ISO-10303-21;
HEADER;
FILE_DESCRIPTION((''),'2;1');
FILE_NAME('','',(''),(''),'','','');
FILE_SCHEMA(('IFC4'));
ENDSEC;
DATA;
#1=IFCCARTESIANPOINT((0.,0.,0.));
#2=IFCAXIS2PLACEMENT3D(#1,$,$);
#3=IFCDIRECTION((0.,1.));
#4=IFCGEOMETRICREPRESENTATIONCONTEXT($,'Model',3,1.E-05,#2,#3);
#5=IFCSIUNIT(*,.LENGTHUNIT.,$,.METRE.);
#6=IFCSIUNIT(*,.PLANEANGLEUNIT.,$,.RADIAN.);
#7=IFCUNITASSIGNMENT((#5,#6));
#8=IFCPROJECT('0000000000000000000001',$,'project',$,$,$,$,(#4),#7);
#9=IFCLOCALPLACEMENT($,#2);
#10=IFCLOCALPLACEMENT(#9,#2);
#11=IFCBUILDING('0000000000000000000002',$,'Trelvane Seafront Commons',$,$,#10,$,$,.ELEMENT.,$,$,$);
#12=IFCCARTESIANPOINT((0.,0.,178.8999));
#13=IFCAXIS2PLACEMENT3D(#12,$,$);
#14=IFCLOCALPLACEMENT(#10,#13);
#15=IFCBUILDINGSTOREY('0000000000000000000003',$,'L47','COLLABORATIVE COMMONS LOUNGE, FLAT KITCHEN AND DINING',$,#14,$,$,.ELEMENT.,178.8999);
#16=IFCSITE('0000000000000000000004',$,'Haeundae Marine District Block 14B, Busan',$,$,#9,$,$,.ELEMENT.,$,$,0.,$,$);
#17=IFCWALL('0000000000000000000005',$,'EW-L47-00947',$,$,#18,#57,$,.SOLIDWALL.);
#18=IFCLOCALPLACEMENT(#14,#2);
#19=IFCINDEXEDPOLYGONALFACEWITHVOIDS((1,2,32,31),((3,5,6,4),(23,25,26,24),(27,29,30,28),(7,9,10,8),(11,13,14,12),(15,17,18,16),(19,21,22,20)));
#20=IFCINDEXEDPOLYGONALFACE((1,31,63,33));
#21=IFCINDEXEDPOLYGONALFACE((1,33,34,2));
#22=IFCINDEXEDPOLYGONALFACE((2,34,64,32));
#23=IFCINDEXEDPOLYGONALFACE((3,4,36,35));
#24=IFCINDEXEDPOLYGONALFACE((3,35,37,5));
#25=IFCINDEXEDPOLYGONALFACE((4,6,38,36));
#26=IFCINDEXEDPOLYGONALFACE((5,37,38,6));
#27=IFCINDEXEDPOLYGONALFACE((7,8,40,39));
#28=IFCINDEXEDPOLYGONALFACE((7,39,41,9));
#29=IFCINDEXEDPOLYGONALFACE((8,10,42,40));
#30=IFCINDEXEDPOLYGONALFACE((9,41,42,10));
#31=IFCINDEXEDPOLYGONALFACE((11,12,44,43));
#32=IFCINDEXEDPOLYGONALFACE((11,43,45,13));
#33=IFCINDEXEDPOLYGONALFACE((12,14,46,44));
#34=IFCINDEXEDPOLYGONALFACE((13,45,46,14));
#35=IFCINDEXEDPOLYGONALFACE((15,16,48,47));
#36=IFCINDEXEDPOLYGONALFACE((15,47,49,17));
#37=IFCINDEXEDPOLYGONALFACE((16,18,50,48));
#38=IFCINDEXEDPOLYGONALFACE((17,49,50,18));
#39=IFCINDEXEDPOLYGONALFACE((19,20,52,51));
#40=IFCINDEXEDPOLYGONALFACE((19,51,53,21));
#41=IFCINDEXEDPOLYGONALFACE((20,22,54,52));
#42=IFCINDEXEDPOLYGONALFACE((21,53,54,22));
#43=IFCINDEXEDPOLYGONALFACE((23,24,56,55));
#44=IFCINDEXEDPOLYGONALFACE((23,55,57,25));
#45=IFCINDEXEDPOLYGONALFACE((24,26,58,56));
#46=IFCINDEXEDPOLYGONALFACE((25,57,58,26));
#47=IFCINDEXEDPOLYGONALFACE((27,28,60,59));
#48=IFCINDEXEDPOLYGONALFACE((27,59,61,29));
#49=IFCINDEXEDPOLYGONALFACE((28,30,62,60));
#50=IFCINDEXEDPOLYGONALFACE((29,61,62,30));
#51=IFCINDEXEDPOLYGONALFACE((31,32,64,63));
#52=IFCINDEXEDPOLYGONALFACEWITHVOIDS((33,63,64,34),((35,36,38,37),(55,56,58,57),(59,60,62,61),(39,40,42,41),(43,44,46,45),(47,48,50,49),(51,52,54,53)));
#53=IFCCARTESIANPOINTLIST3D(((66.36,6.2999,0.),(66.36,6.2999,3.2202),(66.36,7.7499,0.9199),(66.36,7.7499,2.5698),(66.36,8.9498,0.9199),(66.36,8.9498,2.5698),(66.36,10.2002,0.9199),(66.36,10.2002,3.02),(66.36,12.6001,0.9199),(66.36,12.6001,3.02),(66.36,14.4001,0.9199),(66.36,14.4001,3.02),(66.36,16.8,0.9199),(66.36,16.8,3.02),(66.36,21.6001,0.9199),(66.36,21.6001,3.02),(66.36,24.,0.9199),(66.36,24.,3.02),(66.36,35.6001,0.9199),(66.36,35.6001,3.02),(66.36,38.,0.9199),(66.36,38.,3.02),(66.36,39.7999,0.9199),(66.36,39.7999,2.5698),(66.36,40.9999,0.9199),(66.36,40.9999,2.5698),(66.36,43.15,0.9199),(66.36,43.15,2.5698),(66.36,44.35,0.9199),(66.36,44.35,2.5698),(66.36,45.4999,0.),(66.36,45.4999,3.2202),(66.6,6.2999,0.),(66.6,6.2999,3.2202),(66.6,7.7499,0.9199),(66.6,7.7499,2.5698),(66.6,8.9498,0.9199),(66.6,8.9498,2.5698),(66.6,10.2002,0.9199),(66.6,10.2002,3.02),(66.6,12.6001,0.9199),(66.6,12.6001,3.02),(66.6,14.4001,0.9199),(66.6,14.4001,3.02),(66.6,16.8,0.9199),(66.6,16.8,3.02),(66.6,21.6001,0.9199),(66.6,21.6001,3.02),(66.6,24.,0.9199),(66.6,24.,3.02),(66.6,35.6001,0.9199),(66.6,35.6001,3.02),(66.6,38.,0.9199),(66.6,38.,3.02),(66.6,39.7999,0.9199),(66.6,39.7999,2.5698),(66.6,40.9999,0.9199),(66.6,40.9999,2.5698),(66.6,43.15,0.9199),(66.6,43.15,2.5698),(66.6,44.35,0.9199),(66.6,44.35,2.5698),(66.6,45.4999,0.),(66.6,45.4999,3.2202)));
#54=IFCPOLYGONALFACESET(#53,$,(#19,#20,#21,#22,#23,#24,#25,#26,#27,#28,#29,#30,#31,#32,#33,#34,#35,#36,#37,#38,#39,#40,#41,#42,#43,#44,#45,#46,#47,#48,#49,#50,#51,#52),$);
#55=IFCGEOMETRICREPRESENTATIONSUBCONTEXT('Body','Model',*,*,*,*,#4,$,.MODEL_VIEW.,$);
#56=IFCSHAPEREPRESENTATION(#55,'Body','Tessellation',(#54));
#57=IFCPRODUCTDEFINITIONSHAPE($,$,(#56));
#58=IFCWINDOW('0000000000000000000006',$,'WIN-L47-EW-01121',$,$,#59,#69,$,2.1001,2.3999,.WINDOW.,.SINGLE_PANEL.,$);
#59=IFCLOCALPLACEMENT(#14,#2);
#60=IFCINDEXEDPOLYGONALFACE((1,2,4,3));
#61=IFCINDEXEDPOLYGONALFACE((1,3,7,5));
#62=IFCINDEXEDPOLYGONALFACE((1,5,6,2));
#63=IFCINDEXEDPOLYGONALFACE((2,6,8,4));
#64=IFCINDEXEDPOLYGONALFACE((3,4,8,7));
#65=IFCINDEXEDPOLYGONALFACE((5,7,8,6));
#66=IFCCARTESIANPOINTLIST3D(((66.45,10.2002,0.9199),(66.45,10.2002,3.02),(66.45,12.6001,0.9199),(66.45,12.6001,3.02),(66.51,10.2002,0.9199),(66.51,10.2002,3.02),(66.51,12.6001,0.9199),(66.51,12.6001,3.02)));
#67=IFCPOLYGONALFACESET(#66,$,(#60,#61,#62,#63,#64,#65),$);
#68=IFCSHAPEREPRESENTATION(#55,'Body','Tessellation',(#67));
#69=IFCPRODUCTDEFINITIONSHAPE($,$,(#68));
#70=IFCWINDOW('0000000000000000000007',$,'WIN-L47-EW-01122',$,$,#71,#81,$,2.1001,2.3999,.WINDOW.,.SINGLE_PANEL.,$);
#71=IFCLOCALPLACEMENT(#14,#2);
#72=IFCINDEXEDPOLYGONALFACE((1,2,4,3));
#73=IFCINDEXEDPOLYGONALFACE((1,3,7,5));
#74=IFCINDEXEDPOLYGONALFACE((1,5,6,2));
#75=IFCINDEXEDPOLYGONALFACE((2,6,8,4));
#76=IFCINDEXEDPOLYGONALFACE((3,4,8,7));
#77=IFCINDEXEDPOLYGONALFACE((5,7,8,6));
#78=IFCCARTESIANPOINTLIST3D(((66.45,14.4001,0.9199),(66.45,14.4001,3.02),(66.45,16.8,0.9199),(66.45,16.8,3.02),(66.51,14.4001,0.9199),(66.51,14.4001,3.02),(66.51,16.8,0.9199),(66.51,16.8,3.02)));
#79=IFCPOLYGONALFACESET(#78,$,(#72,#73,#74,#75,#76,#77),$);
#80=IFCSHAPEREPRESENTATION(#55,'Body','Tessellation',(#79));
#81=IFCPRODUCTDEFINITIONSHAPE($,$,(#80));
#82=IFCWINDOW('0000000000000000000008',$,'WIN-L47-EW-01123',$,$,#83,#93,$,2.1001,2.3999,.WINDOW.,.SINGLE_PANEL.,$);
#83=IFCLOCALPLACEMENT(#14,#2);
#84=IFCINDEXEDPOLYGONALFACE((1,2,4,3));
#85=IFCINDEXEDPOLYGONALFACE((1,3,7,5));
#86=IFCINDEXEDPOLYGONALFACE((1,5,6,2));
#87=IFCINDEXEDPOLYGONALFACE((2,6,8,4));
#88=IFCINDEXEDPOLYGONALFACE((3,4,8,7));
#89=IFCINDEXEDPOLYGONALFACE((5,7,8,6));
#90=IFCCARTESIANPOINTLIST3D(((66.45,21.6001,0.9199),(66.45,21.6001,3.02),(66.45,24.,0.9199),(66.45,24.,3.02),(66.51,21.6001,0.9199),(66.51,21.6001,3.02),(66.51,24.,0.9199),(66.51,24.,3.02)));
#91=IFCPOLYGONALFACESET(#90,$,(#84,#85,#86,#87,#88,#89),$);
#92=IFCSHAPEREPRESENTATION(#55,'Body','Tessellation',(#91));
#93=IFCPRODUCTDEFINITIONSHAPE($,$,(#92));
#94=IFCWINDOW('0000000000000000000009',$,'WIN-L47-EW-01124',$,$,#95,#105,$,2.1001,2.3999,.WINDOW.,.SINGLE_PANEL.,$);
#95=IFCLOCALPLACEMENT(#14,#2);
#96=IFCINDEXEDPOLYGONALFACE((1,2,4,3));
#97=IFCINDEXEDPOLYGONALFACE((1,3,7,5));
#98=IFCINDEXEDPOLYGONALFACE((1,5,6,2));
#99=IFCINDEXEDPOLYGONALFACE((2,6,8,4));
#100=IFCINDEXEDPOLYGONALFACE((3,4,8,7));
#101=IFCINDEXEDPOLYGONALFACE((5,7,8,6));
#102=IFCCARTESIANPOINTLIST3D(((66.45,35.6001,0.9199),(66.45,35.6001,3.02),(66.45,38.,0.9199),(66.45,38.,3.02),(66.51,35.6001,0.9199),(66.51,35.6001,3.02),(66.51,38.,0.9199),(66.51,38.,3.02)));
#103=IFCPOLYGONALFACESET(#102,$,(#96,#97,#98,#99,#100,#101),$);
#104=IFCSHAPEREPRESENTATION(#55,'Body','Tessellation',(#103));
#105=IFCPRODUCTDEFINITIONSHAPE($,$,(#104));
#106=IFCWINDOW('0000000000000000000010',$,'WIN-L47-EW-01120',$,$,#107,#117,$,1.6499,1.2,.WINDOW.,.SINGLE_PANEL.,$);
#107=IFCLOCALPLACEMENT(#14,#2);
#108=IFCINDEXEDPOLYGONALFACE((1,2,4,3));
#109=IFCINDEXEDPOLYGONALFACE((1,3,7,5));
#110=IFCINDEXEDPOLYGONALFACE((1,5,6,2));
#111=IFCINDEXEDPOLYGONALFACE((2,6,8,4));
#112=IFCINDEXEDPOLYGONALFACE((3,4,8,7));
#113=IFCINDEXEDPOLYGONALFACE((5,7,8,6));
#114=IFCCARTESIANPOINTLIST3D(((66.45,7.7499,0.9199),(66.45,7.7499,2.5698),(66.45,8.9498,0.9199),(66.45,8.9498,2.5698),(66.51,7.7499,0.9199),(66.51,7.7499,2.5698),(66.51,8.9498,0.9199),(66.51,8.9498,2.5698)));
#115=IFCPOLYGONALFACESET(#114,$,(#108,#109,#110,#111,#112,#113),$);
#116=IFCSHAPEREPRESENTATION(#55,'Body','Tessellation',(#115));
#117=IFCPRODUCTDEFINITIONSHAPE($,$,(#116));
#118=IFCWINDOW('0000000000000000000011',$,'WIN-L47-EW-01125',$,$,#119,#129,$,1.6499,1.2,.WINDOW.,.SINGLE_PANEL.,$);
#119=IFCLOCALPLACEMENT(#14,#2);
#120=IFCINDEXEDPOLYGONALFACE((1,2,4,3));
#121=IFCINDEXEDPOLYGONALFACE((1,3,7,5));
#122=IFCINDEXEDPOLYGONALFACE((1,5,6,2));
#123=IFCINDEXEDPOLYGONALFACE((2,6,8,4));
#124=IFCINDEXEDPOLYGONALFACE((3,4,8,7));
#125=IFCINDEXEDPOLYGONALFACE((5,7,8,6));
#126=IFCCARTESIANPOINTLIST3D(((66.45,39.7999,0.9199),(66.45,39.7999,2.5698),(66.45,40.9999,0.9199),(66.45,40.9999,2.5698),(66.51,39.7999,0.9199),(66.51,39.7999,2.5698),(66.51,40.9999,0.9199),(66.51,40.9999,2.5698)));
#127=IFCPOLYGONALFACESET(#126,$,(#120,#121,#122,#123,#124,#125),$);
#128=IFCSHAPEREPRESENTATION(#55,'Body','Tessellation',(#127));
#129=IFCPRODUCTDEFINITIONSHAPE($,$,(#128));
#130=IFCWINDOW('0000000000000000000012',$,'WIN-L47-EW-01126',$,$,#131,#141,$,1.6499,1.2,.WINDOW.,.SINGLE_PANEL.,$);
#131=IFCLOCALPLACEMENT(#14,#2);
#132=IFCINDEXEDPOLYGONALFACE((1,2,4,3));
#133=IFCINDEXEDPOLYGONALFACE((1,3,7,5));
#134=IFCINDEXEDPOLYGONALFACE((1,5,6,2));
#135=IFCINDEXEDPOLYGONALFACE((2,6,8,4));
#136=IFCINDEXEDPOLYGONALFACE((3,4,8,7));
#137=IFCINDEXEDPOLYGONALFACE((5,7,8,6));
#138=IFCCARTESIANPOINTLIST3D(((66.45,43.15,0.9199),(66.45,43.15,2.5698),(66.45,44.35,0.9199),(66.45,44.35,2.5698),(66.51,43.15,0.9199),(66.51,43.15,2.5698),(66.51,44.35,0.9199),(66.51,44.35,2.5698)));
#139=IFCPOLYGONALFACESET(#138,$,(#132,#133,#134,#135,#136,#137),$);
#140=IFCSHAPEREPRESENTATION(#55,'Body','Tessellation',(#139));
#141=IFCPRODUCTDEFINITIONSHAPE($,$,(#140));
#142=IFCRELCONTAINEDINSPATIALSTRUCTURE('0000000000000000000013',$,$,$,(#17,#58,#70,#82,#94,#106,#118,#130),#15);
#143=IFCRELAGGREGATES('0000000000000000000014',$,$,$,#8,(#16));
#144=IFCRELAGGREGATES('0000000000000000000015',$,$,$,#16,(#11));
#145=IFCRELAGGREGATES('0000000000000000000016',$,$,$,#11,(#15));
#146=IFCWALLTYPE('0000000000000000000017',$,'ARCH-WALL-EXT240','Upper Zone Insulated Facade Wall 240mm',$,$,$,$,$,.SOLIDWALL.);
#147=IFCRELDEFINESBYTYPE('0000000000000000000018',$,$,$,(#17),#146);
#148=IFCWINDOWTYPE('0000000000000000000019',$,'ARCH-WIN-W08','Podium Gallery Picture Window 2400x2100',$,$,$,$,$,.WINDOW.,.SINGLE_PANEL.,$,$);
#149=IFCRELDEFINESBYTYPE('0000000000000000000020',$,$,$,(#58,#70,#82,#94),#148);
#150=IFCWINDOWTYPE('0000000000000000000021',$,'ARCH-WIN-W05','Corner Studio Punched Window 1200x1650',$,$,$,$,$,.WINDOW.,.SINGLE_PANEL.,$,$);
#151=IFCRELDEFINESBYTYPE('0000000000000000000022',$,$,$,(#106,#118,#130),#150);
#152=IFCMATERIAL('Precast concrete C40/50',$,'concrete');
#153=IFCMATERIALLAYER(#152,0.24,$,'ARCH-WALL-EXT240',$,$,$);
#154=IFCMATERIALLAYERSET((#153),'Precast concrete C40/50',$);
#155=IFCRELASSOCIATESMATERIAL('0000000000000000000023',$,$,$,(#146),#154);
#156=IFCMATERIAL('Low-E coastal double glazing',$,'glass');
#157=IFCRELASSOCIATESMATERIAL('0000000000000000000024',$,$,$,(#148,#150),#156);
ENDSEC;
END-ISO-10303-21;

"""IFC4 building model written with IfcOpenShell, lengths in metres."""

from ifc_helpers import new_model, si_unit, direction, frame, frame_2d, origin, place, context, subcontext, project, spatial, rectangle, extrude, source, transform, mapped, material, layer, layer_set, type_object, element, fill, save


model = new_model("IFC4")

# Units and contexts
model_context = context("Model", 3, precision=1e-05, world=origin(), true_north=direction((0.0, 1.0)))
body_context = subcontext(model_context, "Body", "Model", "MODEL_VIEW")
ifc_project = project(units=[si_unit("LENGTHUNIT", "METRE"), si_unit("PLANEANGLEUNIT", "RADIAN")], contexts=[model_context])

# Site, building, storey
site_placement = place(None, origin())
site = spatial("IfcSite", under=ifc_project, at=site_placement, Name="Haeundae Marine District Block 14B, Busan", CompositionType="ELEMENT", RefElevation=0.0)
building_placement = place(site_placement, origin())
building = spatial("IfcBuilding", under=site, at=building_placement, Name="Trelvane Seafront Commons", CompositionType="ELEMENT")
storey_placement = place(building_placement, frame((0.0, 0.0, 178.8999)))
storey = spatial("IfcBuildingStorey", under=building, at=storey_placement, Name="L47", Description="COLLABORATIVE COMMONS LOUNGE, FLAT KITCHEN AND DINING", CompositionType="ELEMENT", Elevation=178.8999)

# Shared definitions
ifc_material_1 = material(Name="Low-E coastal double glazing", Category="glass")

# Shared definitions
ifc_material_2 = material(Name="Precast concrete C40/50", Category="concrete")
ifc_layer_1 = layer(ifc_material_2, 0.24, Name="ARCH-WALL-EXT240")
ifc_layer_set_1 = layer_set([ifc_layer_1], Name="Precast concrete C40/50")
wall_type_1 = type_object("IfcWallType", Name="ARCH-WALL-EXT240", Description="Upper Zone Insulated Facade Wall 240mm", PredefinedType="SOLIDWALL", material=ifc_layer_set_1)

# Wall, openings, windows
wall_1_placement = place(storey_placement, frame((66.48, 45.5, 0.0), z_axis=(0.0, 0.0, 1.0), x_axis=(0.0, -1.0, 0.0)))
wall_1 = element("IfcWall", 1, at=wall_1_placement, inside=storey, type_object=wall_type_1, Name="EW-L47-00947", PredefinedType="SOLIDWALL", context=body_context, shape_type="SweptSolid", body=[
    extrude(rectangle(XDim=39.2, YDim=0.24, at=frame_2d((19.6001, 0.0))), origin(), (0.0, 0.0, 1.0), 3.2202),
])
opening_1_placement = place(wall_1_placement, frame((36.55, 0.0, 0.9199)))
opening_1 = element("IfcOpeningElement", 2, at=opening_1_placement, cuts=wall_1, PredefinedType="OPENING", context=body_context, shape_type="SweptSolid", body=[
    extrude(rectangle(XDim=1.2, YDim=1.6499, at=frame_2d((0.6001, 0.825))), frame((0.0, 0.1299, 0.0), z_axis=(0.0, -1.0, 0.0), x_axis=(1.0, 0.0, 0.0)), (0.0, 0.0, 1.0), 0.26),
])
opening_2_placement = place(wall_1_placement, frame((32.8999, 0.0, 0.9199)))
opening_2 = element("IfcOpeningElement", 3, at=opening_2_placement, cuts=wall_1, PredefinedType="OPENING", context=body_context, shape_type="SweptSolid", body=[
    extrude(rectangle(XDim=2.3999, YDim=2.1001, at=frame_2d((1.2, 1.05))), frame((0.0, 0.1299, 0.0), z_axis=(0.0, -1.0, 0.0), x_axis=(1.0, 0.0, 0.0)), (0.0, 0.0, 1.0), 0.26),
])
opening_3_placement = place(wall_1_placement, frame((28.7, 0.0, 0.9199)))
opening_3 = element("IfcOpeningElement", 4, at=opening_3_placement, cuts=wall_1, PredefinedType="OPENING", context=body_context, shape_type="SweptSolid", body=[
    extrude(rectangle(XDim=2.3999, YDim=2.1001, at=frame_2d((1.2, 1.05))), frame((0.0, 0.1299, 0.0), z_axis=(0.0, -1.0, 0.0), x_axis=(1.0, 0.0, 0.0)), (0.0, 0.0, 1.0), 0.26),
])
opening_4_placement = place(wall_1_placement, frame((21.5, 0.0, 0.9199)))
opening_4 = element("IfcOpeningElement", 5, at=opening_4_placement, cuts=wall_1, PredefinedType="OPENING", context=body_context, shape_type="SweptSolid", body=[
    extrude(rectangle(XDim=2.3999, YDim=2.1001, at=frame_2d((1.2, 1.05))), frame((0.0, 0.1299, 0.0), z_axis=(0.0, -1.0, 0.0), x_axis=(1.0, 0.0, 0.0)), (0.0, 0.0, 1.0), 0.26),
])
opening_5_placement = place(wall_1_placement, frame((7.5, 0.0, 0.9199)))
opening_5 = element("IfcOpeningElement", 6, at=opening_5_placement, cuts=wall_1, PredefinedType="OPENING", context=body_context, shape_type="SweptSolid", body=[
    extrude(rectangle(XDim=2.3999, YDim=2.1001, at=frame_2d((1.2, 1.05))), frame((0.0, 0.1299, 0.0), z_axis=(0.0, -1.0, 0.0), x_axis=(1.0, 0.0, 0.0)), (0.0, 0.0, 1.0), 0.26),
])
opening_6_placement = place(wall_1_placement, frame((4.5, 0.0, 0.9199)))
opening_6 = element("IfcOpeningElement", 7, at=opening_6_placement, cuts=wall_1, PredefinedType="OPENING", context=body_context, shape_type="SweptSolid", body=[
    extrude(rectangle(XDim=1.2, YDim=1.6499, at=frame_2d((0.6001, 0.825))), frame((0.0, 0.1299, 0.0), z_axis=(0.0, -1.0, 0.0), x_axis=(1.0, 0.0, 0.0)), (0.0, 0.0, 1.0), 0.26),
])
opening_7_placement = place(wall_1_placement, frame((1.1499, 0.0, 0.9199)))
opening_7 = element("IfcOpeningElement", 8, at=opening_7_placement, cuts=wall_1, PredefinedType="OPENING", context=body_context, shape_type="SweptSolid", body=[
    extrude(rectangle(XDim=1.2, YDim=1.6499, at=frame_2d((0.6001, 0.825))), frame((0.0, 0.1299, 0.0), z_axis=(0.0, -1.0, 0.0), x_axis=(1.0, 0.0, 0.0)), (0.0, 0.0, 1.0), 0.26),
])
window_type_1 = type_object("IfcWindowType", Name="ARCH-WIN-W08", Description="Podium Gallery Picture Window 2400x2100", PartitioningType="SINGLE_PANEL", PredefinedType="WINDOW", material=ifc_material_1)
shared_shape_1 = source(origin(), body_context, "Body", "SweptSolid", [
    extrude(rectangle(XDim=2.3999, YDim=2.1001, at=frame_2d((1.2, 1.05))), frame((0.0, 0.03, 0.0), z_axis=(0.0, -1.0, 0.0), x_axis=(1.0, 0.0, 0.0)), (0.0, 0.0, 1.0), 0.0601),
])
window_1_placement = place(opening_2_placement, origin())
window_1 = element("IfcWindow", 9, at=window_1_placement, inside=storey, type_object=window_type_1, Name="WIN-L47-EW-01121", OverallHeight=2.1001, OverallWidth=2.3999, PartitioningType="SINGLE_PANEL", PredefinedType="WINDOW", context=body_context, shape_type="MappedRepresentation", body=[
    mapped(shared_shape_1, transform((0.0, 0.0, 0.0), x_axis=(1.0, 0.0, 0.0), y_axis=(0.0, 1.0, 0.0), z_axis=(0.0, 0.0, 1.0), scale=1.0)),
])
fill(opening_2, window_1)
window_2_placement = place(opening_3_placement, origin())
window_2 = element("IfcWindow", 10, at=window_2_placement, inside=storey, type_object=window_type_1, Name="WIN-L47-EW-01122", OverallHeight=2.1001, OverallWidth=2.3999, PartitioningType="SINGLE_PANEL", PredefinedType="WINDOW", context=body_context, shape_type="MappedRepresentation", body=[
    mapped(shared_shape_1, transform((0.0, 0.0, 0.0), x_axis=(1.0, 0.0, 0.0), y_axis=(0.0, 1.0, 0.0), z_axis=(0.0, 0.0, 1.0), scale=1.0)),
])
fill(opening_3, window_2)
window_3_placement = place(opening_4_placement, origin())
window_3 = element("IfcWindow", 11, at=window_3_placement, inside=storey, type_object=window_type_1, Name="WIN-L47-EW-01123", OverallHeight=2.1001, OverallWidth=2.3999, PartitioningType="SINGLE_PANEL", PredefinedType="WINDOW", context=body_context, shape_type="MappedRepresentation", body=[
    mapped(shared_shape_1, transform((0.0, 0.0, 0.0), x_axis=(1.0, 0.0, 0.0), y_axis=(0.0, 1.0, 0.0), z_axis=(0.0, 0.0, 1.0), scale=1.0)),
])
fill(opening_4, window_3)
window_4_placement = place(opening_5_placement, origin())
window_4 = element("IfcWindow", 12, at=window_4_placement, inside=storey, type_object=window_type_1, Name="WIN-L47-EW-01124", OverallHeight=2.1001, OverallWidth=2.3999, PartitioningType="SINGLE_PANEL", PredefinedType="WINDOW", context=body_context, shape_type="MappedRepresentation", body=[
    mapped(shared_shape_1, transform((0.0, 0.0, 0.0), x_axis=(1.0, 0.0, 0.0), y_axis=(0.0, 1.0, 0.0), z_axis=(0.0, 0.0, 1.0), scale=1.0)),
])
fill(opening_5, window_4)
window_type_2 = type_object("IfcWindowType", Name="ARCH-WIN-W05", Description="Corner Studio Punched Window 1200x1650", PartitioningType="SINGLE_PANEL", PredefinedType="WINDOW", material=ifc_material_1)
shared_shape_2 = source(origin(), body_context, "Body", "SweptSolid", [
    extrude(rectangle(XDim=1.2, YDim=1.6499, at=frame_2d((0.6001, 0.825))), frame((0.0, 0.03, 0.0), z_axis=(0.0, -1.0, 0.0), x_axis=(1.0, 0.0, 0.0)), (0.0, 0.0, 1.0), 0.0601),
])
window_5_placement = place(opening_1_placement, origin())
window_5 = element("IfcWindow", 13, at=window_5_placement, inside=storey, type_object=window_type_2, Name="WIN-L47-EW-01120", OverallHeight=1.6499, OverallWidth=1.2, PartitioningType="SINGLE_PANEL", PredefinedType="WINDOW", context=body_context, shape_type="MappedRepresentation", body=[
    mapped(shared_shape_2, transform((0.0, 0.0, 0.0), x_axis=(1.0, 0.0, 0.0), y_axis=(0.0, 1.0, 0.0), z_axis=(0.0, 0.0, 1.0), scale=1.0)),
])
fill(opening_1, window_5)
window_6_placement = place(opening_6_placement, origin())
window_6 = element("IfcWindow", 14, at=window_6_placement, inside=storey, type_object=window_type_2, Name="WIN-L47-EW-01125", OverallHeight=1.6499, OverallWidth=1.2, PartitioningType="SINGLE_PANEL", PredefinedType="WINDOW", context=body_context, shape_type="MappedRepresentation", body=[
    mapped(shared_shape_2, transform((0.0, 0.0, 0.0), x_axis=(1.0, 0.0, 0.0), y_axis=(0.0, 1.0, 0.0), z_axis=(0.0, 0.0, 1.0), scale=1.0)),
])
fill(opening_6, window_6)
window_7_placement = place(opening_7_placement, origin())
window_7 = element("IfcWindow", 15, at=window_7_placement, inside=storey, type_object=window_type_2, Name="WIN-L47-EW-01126", OverallHeight=1.6499, OverallWidth=1.2, PartitioningType="SINGLE_PANEL", PredefinedType="WINDOW", context=body_context, shape_type="MappedRepresentation", body=[
    mapped(shared_shape_2, transform((0.0, 0.0, 0.0), x_axis=(1.0, 0.0, 0.0), y_axis=(0.0, 1.0, 0.0), z_axis=(0.0, 0.0, 1.0), scale=1.0)),
])
fill(opening_7, window_7)

save(model, "model.ifc")
